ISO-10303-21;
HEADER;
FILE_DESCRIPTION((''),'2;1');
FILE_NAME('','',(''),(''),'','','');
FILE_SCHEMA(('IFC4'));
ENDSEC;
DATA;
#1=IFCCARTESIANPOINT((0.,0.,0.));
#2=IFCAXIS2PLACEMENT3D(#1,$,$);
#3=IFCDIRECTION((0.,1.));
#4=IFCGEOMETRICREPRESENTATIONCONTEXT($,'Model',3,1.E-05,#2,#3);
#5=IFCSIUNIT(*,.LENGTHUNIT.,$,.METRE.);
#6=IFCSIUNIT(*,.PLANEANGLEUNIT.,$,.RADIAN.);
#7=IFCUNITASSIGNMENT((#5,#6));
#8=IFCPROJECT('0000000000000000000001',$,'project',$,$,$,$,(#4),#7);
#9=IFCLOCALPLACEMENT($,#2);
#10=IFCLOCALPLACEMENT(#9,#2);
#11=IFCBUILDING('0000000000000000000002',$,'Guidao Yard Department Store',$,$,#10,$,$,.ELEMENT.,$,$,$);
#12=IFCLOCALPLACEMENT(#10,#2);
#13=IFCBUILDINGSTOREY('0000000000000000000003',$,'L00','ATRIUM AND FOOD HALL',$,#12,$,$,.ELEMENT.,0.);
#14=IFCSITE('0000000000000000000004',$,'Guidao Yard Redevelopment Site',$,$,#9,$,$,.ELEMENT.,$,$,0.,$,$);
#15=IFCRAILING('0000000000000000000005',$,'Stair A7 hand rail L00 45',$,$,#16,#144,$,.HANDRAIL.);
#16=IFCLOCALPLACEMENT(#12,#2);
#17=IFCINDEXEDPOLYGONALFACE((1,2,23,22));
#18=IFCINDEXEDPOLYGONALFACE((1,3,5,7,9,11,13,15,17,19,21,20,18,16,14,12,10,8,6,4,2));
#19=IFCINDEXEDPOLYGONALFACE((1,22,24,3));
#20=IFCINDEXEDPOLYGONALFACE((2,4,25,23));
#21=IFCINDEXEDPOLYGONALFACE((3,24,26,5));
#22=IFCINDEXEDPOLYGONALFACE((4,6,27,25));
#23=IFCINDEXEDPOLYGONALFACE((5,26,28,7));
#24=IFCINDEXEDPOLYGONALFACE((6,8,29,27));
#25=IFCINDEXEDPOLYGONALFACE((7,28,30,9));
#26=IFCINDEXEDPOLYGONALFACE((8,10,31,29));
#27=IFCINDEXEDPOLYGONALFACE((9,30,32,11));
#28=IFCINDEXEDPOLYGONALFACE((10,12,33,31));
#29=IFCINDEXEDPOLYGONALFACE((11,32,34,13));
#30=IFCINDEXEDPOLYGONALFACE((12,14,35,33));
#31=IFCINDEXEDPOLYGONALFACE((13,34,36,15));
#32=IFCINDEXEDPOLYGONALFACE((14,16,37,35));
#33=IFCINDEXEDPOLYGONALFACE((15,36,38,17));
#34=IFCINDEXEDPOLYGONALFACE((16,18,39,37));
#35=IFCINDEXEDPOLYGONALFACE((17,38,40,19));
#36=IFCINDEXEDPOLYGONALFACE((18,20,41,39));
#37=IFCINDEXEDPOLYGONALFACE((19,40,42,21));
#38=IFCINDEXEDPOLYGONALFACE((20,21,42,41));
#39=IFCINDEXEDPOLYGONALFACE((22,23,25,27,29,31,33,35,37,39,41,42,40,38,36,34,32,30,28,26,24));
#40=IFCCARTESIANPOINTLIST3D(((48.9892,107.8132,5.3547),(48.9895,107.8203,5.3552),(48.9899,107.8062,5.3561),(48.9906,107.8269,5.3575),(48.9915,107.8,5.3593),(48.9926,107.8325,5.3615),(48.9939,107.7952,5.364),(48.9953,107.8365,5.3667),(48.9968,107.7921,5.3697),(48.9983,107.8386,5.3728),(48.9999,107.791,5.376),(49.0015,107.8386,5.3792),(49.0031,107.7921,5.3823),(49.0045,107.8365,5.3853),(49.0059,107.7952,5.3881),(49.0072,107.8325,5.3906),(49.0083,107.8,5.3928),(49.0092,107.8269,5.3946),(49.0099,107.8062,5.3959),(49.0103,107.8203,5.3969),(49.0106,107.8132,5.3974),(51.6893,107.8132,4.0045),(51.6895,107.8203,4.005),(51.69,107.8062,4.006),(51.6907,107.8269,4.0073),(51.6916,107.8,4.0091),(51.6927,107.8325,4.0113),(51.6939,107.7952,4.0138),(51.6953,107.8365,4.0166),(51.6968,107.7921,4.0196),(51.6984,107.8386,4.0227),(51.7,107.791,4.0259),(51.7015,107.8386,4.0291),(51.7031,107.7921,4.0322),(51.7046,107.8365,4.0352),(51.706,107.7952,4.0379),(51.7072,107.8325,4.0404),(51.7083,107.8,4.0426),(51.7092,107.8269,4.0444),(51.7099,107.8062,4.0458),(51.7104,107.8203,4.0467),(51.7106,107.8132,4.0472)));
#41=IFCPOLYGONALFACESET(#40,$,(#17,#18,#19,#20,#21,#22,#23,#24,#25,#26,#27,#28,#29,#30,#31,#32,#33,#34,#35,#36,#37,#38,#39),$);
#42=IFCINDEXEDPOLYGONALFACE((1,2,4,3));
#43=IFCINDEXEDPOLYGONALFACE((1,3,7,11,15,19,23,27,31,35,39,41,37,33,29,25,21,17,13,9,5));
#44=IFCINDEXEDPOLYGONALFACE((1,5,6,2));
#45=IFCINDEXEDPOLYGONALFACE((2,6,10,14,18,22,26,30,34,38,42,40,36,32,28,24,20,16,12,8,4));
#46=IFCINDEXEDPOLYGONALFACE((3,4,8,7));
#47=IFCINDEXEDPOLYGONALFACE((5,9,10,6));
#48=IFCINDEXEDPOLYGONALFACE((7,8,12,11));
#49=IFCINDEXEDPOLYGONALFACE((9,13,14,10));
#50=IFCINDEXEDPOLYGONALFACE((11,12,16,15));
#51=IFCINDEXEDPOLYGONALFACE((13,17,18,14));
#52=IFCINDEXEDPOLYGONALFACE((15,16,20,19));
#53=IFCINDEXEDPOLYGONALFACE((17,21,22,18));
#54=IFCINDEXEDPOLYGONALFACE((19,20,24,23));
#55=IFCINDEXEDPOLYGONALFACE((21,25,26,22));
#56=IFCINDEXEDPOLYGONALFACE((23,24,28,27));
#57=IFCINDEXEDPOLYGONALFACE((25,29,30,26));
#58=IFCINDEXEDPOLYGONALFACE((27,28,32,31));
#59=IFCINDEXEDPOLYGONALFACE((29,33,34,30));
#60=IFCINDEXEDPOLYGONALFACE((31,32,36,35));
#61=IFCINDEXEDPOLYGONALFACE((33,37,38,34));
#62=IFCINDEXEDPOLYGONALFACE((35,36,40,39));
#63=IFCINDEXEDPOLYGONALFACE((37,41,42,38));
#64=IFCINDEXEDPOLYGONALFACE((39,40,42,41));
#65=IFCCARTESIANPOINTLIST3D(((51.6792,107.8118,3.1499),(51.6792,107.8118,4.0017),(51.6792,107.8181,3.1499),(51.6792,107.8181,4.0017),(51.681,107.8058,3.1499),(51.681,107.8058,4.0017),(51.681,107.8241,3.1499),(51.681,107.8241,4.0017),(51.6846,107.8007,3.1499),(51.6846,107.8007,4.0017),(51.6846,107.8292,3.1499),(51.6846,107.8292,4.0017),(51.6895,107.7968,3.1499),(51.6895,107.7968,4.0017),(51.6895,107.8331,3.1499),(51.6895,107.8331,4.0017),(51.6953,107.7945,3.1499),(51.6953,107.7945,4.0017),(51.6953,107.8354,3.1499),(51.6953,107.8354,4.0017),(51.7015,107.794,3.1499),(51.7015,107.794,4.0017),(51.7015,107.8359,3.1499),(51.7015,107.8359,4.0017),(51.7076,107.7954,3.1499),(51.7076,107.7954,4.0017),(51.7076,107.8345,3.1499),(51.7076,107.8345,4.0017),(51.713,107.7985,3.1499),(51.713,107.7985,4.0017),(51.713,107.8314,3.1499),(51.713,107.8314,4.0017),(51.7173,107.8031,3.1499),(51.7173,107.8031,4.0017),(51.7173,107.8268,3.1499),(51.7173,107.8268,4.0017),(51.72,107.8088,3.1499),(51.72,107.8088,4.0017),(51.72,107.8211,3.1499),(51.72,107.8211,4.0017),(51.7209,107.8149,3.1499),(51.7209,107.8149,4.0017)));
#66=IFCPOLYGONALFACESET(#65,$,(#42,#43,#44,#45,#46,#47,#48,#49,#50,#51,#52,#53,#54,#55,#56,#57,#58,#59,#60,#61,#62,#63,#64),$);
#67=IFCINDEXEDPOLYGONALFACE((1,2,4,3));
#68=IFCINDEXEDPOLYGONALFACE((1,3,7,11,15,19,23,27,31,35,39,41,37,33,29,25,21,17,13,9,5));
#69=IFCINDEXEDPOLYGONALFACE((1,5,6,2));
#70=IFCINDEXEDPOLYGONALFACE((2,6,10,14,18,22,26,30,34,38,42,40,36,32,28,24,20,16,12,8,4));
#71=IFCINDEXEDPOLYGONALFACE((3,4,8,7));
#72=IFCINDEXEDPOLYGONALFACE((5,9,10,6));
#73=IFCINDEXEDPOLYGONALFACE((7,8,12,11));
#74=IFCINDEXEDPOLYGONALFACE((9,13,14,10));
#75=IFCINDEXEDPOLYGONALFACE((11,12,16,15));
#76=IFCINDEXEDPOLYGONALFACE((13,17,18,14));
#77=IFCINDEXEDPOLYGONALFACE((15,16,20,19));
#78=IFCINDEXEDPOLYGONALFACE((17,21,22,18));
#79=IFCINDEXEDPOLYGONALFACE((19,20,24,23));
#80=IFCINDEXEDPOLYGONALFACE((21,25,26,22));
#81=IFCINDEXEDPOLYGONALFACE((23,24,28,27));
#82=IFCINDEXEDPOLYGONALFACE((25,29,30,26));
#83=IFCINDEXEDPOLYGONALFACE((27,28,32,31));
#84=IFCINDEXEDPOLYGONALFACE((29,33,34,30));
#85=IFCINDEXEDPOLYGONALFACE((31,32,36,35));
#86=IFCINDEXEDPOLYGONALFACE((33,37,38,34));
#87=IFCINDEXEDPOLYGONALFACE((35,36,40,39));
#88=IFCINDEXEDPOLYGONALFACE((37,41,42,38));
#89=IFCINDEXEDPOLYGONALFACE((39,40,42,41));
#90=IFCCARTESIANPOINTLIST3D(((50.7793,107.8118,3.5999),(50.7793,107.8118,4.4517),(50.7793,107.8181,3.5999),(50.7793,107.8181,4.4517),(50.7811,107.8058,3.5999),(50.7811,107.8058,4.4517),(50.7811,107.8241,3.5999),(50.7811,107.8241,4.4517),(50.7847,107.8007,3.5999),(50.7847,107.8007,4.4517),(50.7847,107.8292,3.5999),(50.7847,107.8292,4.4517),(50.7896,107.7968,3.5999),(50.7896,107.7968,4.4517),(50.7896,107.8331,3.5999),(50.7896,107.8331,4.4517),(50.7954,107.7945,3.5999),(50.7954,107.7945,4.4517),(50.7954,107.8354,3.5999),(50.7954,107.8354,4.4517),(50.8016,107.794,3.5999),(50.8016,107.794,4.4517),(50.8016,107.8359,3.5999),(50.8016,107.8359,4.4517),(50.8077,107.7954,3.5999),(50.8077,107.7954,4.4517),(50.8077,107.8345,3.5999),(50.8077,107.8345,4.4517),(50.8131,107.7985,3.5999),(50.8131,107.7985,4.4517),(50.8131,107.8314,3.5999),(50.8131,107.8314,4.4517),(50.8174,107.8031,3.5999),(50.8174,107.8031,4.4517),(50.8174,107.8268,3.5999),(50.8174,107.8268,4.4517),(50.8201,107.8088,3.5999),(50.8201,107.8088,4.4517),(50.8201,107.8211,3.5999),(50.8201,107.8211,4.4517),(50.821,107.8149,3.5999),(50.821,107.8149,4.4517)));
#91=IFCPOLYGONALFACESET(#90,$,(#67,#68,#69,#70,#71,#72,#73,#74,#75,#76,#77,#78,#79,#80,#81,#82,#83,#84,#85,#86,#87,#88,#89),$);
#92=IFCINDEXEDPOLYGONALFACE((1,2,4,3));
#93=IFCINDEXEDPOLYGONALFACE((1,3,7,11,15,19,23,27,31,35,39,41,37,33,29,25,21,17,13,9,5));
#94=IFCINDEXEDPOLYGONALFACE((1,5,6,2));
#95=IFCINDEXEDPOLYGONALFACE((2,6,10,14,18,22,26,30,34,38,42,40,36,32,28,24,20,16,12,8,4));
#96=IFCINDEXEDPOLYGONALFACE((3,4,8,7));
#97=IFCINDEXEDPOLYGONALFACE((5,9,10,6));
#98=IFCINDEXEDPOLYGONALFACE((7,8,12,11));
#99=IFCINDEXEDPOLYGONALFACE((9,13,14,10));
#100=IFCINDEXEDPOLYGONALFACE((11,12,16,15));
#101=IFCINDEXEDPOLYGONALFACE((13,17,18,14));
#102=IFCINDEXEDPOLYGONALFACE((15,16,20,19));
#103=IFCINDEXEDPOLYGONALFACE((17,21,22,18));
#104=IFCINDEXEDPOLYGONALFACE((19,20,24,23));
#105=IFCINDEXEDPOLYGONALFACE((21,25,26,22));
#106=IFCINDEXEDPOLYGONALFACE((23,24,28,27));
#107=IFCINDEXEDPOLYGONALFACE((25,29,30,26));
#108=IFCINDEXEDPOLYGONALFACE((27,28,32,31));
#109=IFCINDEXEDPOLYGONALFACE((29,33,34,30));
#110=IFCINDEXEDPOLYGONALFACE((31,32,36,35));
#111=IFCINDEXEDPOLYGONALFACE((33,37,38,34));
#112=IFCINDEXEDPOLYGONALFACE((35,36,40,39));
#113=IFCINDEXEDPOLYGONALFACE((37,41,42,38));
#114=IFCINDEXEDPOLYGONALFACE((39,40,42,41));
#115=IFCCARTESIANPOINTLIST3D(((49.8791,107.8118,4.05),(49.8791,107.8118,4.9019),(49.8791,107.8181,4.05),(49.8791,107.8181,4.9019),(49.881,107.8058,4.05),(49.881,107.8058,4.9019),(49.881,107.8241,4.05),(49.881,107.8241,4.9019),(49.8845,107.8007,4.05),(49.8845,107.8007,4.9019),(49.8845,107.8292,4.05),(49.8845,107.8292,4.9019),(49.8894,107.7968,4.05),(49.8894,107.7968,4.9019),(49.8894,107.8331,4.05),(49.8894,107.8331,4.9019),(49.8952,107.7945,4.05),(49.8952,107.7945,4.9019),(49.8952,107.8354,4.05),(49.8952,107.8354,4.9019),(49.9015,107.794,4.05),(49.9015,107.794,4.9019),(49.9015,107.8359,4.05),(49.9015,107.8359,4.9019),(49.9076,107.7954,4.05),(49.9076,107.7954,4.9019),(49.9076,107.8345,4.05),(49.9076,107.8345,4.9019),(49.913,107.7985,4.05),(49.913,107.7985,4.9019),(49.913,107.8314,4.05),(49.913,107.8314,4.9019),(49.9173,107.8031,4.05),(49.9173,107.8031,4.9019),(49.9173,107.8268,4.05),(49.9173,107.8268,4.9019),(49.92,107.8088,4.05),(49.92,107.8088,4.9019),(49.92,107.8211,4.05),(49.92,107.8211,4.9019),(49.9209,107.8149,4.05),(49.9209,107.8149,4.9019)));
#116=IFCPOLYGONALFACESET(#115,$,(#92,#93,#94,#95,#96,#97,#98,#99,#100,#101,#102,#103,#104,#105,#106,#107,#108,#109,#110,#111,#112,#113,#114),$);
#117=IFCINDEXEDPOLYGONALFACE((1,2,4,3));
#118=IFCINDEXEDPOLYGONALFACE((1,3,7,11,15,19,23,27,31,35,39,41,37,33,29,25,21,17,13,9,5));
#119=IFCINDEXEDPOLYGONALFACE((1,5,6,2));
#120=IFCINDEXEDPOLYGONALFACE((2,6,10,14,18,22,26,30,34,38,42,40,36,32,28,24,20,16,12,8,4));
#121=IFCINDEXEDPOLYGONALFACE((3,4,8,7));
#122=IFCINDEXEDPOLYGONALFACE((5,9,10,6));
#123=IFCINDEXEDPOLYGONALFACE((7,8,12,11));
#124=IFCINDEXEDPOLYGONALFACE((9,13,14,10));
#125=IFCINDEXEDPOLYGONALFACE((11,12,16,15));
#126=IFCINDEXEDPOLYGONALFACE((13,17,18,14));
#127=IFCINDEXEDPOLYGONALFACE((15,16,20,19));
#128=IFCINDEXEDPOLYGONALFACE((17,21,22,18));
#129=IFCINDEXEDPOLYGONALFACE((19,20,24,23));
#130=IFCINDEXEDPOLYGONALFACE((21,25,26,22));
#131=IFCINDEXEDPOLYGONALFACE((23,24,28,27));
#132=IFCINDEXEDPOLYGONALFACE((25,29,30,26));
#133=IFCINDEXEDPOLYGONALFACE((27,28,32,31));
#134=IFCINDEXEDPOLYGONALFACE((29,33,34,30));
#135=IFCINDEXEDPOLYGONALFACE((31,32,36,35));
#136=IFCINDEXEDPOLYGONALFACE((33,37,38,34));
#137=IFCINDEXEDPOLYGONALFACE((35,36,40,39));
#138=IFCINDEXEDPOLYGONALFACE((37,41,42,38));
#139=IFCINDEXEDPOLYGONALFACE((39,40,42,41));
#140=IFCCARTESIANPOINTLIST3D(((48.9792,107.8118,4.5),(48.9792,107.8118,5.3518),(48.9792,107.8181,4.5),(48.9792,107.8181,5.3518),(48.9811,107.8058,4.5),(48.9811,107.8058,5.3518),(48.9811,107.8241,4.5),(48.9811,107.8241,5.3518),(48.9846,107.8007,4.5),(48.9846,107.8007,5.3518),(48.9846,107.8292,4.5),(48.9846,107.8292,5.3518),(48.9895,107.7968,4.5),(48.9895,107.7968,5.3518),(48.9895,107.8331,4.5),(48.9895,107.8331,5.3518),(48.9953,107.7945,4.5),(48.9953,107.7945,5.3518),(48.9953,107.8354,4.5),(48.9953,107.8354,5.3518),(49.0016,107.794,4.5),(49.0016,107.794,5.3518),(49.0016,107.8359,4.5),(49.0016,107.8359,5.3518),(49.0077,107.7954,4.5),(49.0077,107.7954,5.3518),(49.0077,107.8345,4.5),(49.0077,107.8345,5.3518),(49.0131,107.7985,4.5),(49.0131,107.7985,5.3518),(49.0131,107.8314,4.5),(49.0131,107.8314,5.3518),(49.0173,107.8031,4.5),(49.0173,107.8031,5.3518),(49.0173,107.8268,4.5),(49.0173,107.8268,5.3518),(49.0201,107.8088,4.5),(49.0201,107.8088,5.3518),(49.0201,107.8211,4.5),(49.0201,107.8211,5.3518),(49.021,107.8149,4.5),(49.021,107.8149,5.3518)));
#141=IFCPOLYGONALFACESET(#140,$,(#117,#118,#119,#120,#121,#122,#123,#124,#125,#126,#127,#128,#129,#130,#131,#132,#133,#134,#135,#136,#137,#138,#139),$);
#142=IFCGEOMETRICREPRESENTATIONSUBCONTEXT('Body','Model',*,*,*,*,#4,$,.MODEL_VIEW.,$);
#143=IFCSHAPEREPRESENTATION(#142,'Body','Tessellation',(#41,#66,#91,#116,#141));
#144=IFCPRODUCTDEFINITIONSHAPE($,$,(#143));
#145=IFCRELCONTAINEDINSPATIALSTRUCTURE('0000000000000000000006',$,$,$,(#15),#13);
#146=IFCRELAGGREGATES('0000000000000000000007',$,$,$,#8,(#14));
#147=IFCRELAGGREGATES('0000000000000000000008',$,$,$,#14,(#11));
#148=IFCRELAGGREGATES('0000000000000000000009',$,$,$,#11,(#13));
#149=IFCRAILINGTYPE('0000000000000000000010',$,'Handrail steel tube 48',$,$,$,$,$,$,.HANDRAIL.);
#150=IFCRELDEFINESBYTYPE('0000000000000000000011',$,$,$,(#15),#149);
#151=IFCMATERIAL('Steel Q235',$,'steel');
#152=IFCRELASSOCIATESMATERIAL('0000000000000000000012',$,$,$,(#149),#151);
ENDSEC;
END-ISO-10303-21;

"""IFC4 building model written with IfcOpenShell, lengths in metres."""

from ifc_helpers import new_model, si_unit, direction, frame, origin, origin_2d, place, context, subcontext, project, spatial, circle, extrude, material, type_object, element, save


model = new_model("IFC4")

# Units and contexts
model_context = context("Model", 3, precision=1e-05, world=origin(), true_north=direction((0.0, 1.0)))
body_context = subcontext(model_context, "Body", "Model", "MODEL_VIEW")
ifc_project = project(units=[si_unit("LENGTHUNIT", "METRE"), si_unit("PLANEANGLEUNIT", "RADIAN")], contexts=[model_context])

# Site, building, storey
site_placement = place(None, origin())
site = spatial("IfcSite", under=ifc_project, at=site_placement, Name="Guidao Yard Redevelopment Site", CompositionType="ELEMENT", RefElevation=0.0)
building_placement = place(site_placement, origin())
building = spatial("IfcBuilding", under=site, at=building_placement, Name="Guidao Yard Department Store", CompositionType="ELEMENT")
storey_placement = place(building_placement, origin())
storey = spatial("IfcBuildingStorey", under=building, at=storey_placement, Name="L00", Description="ATRIUM AND FOOD HALL", CompositionType="ELEMENT", Elevation=0.0)

# Railing
ifc_material_1 = material(Name="Steel Q235", Category="steel")
railing_type_1 = type_object("IfcRailingType", Name="Handrail steel tube 48", PredefinedType="HANDRAIL", material=ifc_material_1)
for number, where, name in (
    (1, (51.7, 107.8149, 3.1499), "Stair A7 hand rail L00 45"),
):
    element("IfcRailing", number, at=place(storey_placement, frame(where)), inside=storey, type_object=railing_type_1, Name=name, PredefinedType="HANDRAIL", context=body_context, shape_type="SweptSolid", body=[
        extrude(circle(Radius=0.0239, at=origin_2d()), frame((0.0, 0.0, 0.876), z_axis=(-0.894411, 0.0, 0.447246), x_axis=(0.0, -1.0, 0.0)), (0.0, 0.0, 1.0), 3.0188),
        extrude(circle(Radius=0.021, at=origin_2d()), origin(), (0.0, 0.0, 1.0), 0.8518),
        extrude(circle(Radius=0.021, at=origin_2d()), frame((-0.8999, 0.0, 0.45)), (0.0, 0.0, 1.0), 0.8518),
        extrude(circle(Radius=0.021, at=origin_2d()), frame((-1.8, 0.0, 0.9001)), (0.0, 0.0, 1.0), 0.8518),
        extrude(circle(Radius=0.021, at=origin_2d()), frame((-2.7, 0.0, 1.3501)), (0.0, 0.0, 1.0), 0.8518),
    ])

save(model, "model.ifc")
